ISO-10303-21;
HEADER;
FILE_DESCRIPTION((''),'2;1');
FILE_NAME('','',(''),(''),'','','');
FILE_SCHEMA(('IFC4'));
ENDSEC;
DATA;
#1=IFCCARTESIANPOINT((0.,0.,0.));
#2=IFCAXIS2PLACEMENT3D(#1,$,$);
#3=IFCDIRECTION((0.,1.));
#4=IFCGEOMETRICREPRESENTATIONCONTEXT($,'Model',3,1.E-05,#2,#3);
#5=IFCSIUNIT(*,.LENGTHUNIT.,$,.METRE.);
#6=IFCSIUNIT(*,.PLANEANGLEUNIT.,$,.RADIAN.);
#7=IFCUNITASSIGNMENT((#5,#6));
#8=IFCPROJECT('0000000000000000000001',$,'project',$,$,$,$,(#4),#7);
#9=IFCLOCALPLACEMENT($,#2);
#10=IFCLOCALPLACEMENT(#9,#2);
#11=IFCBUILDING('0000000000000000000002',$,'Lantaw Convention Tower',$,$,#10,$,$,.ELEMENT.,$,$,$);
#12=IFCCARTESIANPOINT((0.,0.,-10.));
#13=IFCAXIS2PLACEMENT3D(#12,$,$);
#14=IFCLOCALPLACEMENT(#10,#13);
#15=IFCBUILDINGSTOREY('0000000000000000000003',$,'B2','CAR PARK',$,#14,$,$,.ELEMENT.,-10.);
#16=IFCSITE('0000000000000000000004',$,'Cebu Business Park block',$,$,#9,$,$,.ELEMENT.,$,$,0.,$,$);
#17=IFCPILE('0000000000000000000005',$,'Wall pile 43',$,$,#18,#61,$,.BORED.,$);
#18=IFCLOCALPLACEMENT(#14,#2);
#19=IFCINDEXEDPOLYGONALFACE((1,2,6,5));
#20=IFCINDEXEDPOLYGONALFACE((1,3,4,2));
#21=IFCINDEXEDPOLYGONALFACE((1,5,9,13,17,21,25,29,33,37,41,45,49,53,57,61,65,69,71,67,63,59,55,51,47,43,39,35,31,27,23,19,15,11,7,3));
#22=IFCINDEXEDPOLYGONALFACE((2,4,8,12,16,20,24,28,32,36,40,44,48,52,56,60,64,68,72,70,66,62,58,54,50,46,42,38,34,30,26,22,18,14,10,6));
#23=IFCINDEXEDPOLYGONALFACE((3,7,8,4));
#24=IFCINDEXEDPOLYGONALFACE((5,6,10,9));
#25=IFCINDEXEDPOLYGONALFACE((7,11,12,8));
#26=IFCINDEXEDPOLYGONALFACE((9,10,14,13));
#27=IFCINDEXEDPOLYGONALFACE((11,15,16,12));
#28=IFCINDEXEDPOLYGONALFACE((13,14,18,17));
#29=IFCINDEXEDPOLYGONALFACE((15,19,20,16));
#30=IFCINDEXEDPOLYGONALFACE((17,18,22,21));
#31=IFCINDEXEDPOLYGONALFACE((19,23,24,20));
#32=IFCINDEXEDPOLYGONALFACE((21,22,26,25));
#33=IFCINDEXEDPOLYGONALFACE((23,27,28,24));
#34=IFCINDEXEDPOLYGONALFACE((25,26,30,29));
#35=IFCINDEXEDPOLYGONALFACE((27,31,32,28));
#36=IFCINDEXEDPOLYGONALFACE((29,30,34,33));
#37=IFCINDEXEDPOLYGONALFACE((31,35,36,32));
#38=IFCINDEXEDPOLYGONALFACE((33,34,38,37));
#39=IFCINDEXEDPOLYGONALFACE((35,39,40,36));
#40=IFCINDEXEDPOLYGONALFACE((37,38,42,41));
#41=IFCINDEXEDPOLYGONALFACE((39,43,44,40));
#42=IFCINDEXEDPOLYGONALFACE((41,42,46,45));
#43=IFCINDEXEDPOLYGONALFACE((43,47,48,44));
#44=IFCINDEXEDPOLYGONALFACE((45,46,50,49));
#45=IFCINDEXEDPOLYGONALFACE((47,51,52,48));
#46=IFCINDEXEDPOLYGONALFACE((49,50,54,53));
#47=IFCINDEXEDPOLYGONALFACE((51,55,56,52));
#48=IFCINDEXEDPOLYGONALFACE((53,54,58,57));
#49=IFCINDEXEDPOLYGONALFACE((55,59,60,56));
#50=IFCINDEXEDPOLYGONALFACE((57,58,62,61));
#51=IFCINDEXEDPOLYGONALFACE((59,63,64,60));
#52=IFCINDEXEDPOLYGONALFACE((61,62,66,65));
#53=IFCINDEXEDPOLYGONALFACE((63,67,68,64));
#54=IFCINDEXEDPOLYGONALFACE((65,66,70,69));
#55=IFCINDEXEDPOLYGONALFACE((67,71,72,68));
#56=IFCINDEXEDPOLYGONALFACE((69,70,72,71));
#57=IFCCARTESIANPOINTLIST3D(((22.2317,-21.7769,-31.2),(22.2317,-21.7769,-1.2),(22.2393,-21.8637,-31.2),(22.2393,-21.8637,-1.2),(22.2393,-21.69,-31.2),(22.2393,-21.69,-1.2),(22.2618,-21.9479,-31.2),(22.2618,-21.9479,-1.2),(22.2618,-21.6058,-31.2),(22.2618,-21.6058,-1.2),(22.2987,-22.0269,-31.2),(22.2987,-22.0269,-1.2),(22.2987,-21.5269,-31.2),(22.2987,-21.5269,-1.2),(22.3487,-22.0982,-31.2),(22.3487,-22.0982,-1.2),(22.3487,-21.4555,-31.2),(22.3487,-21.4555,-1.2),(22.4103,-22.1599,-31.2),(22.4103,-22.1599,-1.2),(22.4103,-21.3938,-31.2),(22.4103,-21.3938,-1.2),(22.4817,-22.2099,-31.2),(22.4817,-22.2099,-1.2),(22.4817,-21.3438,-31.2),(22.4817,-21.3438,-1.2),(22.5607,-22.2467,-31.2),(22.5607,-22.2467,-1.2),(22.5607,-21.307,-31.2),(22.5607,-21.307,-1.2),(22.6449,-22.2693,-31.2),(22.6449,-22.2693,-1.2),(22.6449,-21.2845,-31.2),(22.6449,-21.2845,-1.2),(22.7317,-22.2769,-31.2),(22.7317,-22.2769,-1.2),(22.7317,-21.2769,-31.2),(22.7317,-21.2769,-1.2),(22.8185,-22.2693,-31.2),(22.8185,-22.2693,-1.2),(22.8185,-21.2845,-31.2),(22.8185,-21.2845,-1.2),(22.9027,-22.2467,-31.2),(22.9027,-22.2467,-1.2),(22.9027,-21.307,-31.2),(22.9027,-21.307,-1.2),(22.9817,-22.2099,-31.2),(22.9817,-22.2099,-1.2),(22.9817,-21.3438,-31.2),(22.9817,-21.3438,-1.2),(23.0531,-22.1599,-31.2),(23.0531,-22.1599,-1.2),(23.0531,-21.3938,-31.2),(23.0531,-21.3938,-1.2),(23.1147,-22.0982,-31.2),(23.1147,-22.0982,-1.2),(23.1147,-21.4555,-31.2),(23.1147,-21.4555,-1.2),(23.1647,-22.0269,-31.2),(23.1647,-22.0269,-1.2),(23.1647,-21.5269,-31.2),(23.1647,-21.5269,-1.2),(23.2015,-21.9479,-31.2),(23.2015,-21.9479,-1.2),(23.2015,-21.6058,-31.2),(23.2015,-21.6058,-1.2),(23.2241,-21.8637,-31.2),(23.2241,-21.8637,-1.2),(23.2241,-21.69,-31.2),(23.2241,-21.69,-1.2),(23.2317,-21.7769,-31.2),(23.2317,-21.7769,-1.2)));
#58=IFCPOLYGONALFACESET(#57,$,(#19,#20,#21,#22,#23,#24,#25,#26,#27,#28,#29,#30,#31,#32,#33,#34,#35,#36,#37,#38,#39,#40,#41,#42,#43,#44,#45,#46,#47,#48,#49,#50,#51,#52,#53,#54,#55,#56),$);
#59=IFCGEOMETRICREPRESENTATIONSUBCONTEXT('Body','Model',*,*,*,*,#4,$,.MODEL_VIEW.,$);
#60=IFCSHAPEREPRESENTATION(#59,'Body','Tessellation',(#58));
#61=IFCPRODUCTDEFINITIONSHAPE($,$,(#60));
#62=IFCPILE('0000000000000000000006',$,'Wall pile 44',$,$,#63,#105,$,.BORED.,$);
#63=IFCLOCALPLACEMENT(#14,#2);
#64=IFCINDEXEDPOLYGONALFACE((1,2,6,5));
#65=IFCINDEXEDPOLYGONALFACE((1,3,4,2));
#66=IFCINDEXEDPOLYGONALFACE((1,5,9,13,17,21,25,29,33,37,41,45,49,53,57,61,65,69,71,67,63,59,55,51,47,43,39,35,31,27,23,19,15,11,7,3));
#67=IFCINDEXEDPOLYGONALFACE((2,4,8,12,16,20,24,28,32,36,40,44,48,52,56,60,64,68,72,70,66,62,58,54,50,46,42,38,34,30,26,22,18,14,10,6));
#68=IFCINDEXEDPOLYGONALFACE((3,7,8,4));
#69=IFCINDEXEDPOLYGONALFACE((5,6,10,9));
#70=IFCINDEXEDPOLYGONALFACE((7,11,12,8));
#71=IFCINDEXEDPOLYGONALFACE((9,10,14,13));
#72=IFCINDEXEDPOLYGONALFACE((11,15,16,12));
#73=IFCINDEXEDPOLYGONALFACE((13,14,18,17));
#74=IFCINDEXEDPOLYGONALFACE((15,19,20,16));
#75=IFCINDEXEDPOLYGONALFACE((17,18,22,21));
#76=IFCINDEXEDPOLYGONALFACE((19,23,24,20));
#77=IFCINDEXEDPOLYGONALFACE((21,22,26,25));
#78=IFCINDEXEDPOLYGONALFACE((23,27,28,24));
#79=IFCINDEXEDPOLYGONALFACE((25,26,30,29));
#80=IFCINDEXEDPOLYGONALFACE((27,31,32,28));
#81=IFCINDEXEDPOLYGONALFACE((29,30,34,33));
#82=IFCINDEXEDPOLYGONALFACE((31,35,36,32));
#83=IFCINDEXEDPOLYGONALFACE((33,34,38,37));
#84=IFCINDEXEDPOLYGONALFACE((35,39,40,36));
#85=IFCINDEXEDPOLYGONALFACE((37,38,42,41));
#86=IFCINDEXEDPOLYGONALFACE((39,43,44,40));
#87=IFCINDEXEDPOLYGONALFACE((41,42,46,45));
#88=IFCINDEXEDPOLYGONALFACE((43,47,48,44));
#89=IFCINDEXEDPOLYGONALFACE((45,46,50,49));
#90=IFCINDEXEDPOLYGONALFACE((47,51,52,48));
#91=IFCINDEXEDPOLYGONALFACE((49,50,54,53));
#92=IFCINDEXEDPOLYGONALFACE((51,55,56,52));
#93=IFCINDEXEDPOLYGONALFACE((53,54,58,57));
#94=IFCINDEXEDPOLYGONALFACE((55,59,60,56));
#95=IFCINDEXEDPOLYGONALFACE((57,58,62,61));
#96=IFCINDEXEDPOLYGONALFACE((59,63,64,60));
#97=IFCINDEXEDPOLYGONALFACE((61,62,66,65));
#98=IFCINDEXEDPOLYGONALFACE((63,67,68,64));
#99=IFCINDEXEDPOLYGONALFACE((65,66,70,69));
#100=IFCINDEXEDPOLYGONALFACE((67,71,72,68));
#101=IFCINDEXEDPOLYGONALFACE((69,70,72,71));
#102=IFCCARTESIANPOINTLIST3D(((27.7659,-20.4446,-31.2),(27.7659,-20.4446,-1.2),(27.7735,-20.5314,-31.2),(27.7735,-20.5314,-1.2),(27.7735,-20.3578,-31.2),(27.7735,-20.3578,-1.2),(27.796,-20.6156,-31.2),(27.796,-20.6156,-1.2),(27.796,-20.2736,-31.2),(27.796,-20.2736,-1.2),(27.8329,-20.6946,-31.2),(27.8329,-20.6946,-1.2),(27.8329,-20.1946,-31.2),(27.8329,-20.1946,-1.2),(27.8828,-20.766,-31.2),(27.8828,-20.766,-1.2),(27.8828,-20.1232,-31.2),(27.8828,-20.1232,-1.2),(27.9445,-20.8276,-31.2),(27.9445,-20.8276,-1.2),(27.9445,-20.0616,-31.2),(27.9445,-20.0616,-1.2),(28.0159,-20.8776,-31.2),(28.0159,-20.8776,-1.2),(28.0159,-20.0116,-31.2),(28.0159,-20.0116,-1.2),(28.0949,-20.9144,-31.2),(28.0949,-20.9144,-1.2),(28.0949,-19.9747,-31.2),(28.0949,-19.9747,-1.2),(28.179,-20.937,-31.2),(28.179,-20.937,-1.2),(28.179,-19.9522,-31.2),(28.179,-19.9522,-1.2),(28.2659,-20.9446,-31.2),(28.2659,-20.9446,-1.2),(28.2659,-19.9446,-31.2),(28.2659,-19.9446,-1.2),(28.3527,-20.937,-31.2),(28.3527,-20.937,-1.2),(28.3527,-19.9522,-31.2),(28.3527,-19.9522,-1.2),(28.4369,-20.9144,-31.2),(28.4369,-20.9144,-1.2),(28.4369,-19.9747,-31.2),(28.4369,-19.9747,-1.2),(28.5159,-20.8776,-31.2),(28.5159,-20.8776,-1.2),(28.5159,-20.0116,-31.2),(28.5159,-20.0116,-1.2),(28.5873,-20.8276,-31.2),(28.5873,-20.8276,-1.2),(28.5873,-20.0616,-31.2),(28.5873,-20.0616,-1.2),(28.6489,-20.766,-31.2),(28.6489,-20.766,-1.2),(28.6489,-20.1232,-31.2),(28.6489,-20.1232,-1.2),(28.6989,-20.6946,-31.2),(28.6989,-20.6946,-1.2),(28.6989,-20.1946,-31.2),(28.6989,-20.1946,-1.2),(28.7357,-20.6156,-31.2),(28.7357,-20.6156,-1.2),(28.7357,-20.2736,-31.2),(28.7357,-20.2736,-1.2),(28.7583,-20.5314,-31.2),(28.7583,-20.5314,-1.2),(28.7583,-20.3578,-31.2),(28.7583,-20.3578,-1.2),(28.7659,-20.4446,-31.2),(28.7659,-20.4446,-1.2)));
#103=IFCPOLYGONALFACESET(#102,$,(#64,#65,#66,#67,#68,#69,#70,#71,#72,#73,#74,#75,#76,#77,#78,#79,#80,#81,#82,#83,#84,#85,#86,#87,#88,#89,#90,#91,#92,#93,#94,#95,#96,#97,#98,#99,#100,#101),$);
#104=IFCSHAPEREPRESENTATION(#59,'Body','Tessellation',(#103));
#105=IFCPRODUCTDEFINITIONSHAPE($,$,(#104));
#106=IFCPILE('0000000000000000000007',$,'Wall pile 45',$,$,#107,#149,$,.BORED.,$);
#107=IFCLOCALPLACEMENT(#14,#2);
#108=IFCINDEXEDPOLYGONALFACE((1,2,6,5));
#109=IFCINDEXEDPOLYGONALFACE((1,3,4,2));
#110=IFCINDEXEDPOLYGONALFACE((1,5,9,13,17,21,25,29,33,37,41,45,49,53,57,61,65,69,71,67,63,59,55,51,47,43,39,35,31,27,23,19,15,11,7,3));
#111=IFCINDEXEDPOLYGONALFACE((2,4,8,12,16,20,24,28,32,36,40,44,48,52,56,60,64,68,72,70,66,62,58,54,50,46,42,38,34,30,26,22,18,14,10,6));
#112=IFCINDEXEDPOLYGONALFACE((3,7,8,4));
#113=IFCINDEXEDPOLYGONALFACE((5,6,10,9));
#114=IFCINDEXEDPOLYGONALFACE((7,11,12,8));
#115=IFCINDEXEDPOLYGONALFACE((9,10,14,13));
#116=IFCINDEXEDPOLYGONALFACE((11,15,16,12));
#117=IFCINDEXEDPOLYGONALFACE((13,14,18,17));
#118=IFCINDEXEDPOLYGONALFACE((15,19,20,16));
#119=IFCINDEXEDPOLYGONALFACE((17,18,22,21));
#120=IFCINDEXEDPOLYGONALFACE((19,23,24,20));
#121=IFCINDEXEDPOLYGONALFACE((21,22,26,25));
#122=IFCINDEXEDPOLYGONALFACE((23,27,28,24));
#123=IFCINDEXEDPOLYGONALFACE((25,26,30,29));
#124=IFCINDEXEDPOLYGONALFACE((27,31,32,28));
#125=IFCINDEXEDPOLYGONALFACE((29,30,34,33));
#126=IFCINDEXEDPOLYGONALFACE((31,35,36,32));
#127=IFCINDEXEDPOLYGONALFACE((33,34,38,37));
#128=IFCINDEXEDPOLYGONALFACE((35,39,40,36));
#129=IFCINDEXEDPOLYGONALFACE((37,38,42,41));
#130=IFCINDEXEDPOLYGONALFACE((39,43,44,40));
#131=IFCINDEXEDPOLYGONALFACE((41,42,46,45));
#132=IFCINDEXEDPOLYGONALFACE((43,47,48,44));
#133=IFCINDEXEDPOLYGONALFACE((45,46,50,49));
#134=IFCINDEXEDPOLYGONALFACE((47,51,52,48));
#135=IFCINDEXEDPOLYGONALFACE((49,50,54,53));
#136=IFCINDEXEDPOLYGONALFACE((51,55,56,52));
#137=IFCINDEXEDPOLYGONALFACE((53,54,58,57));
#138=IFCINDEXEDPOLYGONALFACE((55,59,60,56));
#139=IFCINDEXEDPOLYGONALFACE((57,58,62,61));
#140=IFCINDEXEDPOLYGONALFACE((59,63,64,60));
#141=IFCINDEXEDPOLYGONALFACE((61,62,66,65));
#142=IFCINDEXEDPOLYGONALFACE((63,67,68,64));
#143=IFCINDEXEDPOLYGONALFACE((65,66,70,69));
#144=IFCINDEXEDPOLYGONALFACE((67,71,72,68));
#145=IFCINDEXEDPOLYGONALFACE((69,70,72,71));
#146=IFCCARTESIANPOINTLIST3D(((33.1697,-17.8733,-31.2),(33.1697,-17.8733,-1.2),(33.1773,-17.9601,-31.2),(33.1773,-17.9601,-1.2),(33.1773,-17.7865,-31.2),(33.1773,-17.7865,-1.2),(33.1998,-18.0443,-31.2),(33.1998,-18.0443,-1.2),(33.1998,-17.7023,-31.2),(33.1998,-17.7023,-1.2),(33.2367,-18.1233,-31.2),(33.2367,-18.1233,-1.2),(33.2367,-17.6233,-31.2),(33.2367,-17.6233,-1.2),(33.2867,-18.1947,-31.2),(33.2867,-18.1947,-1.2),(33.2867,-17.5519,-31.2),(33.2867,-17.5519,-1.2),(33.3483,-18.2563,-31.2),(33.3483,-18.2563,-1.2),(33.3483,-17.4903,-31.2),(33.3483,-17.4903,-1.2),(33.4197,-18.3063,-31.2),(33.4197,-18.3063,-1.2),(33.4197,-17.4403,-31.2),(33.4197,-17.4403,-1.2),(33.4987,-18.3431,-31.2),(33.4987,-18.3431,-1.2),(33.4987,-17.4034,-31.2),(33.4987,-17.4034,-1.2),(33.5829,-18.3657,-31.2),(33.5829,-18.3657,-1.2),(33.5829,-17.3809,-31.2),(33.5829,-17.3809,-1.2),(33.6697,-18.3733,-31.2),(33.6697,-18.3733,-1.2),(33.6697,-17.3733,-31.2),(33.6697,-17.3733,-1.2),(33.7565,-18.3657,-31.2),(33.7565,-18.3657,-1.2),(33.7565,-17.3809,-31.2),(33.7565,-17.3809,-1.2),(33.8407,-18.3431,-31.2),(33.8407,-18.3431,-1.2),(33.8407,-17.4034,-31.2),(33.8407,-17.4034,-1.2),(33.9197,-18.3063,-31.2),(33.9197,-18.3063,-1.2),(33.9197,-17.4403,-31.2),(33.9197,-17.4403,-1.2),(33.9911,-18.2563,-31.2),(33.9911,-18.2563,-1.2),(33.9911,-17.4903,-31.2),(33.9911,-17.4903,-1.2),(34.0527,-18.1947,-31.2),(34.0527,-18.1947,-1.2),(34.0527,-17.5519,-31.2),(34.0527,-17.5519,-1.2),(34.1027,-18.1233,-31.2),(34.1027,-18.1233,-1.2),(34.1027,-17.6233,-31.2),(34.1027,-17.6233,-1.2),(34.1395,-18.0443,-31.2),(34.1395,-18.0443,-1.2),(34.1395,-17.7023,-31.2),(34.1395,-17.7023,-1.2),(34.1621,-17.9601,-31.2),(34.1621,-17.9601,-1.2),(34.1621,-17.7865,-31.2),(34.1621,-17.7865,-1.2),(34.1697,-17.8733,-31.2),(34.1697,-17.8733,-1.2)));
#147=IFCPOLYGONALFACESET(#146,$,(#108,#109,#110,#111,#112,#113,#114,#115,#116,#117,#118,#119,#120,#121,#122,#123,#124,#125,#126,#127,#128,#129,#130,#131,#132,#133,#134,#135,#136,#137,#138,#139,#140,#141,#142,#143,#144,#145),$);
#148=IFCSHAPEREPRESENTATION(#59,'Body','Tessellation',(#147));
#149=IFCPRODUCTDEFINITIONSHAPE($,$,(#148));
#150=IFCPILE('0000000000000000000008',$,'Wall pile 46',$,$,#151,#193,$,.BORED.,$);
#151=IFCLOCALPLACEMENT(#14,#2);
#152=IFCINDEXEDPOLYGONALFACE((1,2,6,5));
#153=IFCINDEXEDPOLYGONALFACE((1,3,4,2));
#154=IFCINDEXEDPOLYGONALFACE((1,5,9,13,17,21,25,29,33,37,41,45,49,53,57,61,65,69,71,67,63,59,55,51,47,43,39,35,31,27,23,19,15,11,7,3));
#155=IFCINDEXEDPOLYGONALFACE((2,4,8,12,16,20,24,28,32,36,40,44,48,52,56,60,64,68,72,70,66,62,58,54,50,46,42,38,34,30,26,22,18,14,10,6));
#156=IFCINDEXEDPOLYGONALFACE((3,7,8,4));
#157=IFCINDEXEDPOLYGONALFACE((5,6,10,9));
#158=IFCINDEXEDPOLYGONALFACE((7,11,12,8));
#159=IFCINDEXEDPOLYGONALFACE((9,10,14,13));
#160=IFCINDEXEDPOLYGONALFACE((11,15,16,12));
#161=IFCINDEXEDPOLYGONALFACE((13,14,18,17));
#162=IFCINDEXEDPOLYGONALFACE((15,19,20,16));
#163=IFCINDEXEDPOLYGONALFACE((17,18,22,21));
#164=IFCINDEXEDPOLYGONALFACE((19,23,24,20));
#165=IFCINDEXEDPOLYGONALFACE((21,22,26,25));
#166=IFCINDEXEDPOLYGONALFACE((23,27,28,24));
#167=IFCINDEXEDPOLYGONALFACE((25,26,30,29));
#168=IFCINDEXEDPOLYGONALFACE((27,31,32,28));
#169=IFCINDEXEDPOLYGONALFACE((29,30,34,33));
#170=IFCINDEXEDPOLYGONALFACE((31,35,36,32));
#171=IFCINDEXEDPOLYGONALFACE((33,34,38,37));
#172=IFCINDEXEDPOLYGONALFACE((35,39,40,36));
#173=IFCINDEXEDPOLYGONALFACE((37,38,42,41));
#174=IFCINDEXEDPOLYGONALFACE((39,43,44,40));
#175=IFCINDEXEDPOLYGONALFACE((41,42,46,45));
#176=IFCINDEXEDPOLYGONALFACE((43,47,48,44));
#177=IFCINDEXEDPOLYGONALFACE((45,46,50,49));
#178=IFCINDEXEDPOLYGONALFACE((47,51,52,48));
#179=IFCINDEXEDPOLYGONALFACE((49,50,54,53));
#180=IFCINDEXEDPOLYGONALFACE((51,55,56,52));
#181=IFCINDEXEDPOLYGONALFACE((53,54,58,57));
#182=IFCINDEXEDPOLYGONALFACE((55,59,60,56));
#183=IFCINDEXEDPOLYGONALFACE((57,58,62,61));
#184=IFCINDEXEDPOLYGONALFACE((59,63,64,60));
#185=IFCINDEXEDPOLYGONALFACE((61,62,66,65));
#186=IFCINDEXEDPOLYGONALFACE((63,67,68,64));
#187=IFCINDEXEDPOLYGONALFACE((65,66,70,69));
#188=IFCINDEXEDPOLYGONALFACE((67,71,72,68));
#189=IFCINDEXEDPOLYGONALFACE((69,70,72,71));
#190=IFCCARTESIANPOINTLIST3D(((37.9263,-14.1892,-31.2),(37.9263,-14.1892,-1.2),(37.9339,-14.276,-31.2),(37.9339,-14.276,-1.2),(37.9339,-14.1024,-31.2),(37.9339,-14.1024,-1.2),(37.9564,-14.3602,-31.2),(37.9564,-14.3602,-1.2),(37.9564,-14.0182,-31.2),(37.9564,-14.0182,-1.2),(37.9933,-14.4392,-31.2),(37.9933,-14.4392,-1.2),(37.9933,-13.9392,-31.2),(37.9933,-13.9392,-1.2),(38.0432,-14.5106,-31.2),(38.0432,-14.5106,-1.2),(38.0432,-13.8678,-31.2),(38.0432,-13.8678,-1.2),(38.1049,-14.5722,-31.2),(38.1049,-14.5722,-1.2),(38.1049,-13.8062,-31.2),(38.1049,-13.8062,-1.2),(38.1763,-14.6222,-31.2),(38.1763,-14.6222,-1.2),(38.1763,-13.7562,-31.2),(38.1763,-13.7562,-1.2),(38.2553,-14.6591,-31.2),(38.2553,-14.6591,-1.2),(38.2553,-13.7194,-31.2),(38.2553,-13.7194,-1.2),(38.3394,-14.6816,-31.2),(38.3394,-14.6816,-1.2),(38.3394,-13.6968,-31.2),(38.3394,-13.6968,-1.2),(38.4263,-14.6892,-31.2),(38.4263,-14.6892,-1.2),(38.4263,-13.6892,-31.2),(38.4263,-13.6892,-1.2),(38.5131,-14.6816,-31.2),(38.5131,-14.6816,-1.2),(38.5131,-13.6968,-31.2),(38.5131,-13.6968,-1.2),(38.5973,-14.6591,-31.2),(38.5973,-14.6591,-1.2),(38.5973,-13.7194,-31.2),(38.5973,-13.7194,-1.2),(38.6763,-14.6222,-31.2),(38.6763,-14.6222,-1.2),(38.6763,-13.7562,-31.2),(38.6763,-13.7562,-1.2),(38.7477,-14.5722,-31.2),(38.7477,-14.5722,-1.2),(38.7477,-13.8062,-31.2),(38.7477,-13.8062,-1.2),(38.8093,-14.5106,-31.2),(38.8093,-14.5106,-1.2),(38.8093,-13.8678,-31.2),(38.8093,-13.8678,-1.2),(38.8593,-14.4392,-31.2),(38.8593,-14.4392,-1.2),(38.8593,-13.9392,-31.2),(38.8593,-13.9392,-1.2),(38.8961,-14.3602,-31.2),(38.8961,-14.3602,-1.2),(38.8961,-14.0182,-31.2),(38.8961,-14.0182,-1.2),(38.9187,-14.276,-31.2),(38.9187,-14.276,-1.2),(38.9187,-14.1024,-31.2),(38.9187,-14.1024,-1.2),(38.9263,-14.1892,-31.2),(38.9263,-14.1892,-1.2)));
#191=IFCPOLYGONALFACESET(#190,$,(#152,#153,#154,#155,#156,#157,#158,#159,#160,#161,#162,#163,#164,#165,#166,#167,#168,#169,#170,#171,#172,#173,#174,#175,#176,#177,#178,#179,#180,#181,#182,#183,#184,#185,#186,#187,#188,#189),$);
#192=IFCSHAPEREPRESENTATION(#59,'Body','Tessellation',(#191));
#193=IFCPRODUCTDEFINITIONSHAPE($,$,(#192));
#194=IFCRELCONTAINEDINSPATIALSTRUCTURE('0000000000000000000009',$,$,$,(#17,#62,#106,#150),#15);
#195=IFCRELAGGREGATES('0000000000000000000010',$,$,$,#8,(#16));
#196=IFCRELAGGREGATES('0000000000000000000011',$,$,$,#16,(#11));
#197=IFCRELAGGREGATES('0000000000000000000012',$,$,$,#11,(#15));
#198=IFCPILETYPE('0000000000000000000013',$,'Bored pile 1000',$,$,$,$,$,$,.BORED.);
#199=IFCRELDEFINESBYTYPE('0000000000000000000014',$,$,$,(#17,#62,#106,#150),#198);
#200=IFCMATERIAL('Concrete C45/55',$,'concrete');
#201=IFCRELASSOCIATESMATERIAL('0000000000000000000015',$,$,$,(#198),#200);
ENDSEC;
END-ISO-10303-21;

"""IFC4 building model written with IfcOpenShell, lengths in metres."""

from ifc_helpers import new_model, si_unit, direction, frame, origin, origin_2d, place, context, subcontext, project, spatial, circle, extrude, material, material_profile, profile_set, type_object, element, save


model = new_model("IFC4")

# Units and contexts
model_context = context("Model", 3, precision=1e-05, world=origin(), true_north=direction((0.0, 1.0)))
body_context = subcontext(model_context, "Body", "Model", "MODEL_VIEW")
ifc_project = project(units=[si_unit("LENGTHUNIT", "METRE"), si_unit("PLANEANGLEUNIT", "RADIAN")], contexts=[model_context])

# Site, building, storey
site_placement = place(None, origin())
site = spatial("IfcSite", under=ifc_project, at=site_placement, Name="Cebu Business Park block", CompositionType="ELEMENT", RefElevation=0.0)
building_placement = place(site_placement, origin())
building = spatial("IfcBuilding", under=site, at=building_placement, Name="Lantaw Convention Tower", CompositionType="ELEMENT")
storey_placement = place(building_placement, frame((0.0, 0.0, -10.0)))
storey = spatial("IfcBuildingStorey", under=building, at=storey_placement, Name="B2", Description="CAR PARK", CompositionType="ELEMENT", Elevation=-10.0)

# Piles
ifc_material_1 = material(Name="Concrete C45/55", Category="concrete")
ifc_material_profile_1 = material_profile(ifc_material_1, circle(Radius=0.5, at=origin_2d()), Name="Bored pile 1000")
ifc_profile_set_1 = profile_set([ifc_material_profile_1], Name="Concrete C45/55")
pile_type_1 = type_object("IfcPileType", Name="Bored pile 1000", PredefinedType="BORED", material=ifc_profile_set_1)
for number, where, z_axis, x_axis, name in (
    (1, (22.7317, -21.7769, -1.2), (0.0, 0.0, -1.0), (1.0, 0.0, 0.0), "Wall pile 43"),
    (2, (28.2659, -20.4446, -1.2), (0.0, 0.0, -1.0), (1.0, 0.0, 0.0), "Wall pile 44"),
    (3, (33.6697, -17.8733, -1.2), (0.0, 0.0, -1.0), (1.0, 0.0, 0.0), "Wall pile 45"),
    (4, (38.4263, -14.1892, -1.2), (0.0, 0.0, -1.0), (1.0, 0.0, 0.0), "Wall pile 46"),
):
    element("IfcPile", number, at=place(storey_placement, frame(where, z_axis=z_axis, x_axis=x_axis)), inside=storey, type_object=pile_type_1, Name=name, PredefinedType="BORED", context=body_context, shape_type="SweptSolid", body=[
        extrude(circle(Radius=0.5, at=origin_2d()), origin(), (0.0, 0.0, 1.0), 30.0),
    ])

save(model, "model.ifc")
